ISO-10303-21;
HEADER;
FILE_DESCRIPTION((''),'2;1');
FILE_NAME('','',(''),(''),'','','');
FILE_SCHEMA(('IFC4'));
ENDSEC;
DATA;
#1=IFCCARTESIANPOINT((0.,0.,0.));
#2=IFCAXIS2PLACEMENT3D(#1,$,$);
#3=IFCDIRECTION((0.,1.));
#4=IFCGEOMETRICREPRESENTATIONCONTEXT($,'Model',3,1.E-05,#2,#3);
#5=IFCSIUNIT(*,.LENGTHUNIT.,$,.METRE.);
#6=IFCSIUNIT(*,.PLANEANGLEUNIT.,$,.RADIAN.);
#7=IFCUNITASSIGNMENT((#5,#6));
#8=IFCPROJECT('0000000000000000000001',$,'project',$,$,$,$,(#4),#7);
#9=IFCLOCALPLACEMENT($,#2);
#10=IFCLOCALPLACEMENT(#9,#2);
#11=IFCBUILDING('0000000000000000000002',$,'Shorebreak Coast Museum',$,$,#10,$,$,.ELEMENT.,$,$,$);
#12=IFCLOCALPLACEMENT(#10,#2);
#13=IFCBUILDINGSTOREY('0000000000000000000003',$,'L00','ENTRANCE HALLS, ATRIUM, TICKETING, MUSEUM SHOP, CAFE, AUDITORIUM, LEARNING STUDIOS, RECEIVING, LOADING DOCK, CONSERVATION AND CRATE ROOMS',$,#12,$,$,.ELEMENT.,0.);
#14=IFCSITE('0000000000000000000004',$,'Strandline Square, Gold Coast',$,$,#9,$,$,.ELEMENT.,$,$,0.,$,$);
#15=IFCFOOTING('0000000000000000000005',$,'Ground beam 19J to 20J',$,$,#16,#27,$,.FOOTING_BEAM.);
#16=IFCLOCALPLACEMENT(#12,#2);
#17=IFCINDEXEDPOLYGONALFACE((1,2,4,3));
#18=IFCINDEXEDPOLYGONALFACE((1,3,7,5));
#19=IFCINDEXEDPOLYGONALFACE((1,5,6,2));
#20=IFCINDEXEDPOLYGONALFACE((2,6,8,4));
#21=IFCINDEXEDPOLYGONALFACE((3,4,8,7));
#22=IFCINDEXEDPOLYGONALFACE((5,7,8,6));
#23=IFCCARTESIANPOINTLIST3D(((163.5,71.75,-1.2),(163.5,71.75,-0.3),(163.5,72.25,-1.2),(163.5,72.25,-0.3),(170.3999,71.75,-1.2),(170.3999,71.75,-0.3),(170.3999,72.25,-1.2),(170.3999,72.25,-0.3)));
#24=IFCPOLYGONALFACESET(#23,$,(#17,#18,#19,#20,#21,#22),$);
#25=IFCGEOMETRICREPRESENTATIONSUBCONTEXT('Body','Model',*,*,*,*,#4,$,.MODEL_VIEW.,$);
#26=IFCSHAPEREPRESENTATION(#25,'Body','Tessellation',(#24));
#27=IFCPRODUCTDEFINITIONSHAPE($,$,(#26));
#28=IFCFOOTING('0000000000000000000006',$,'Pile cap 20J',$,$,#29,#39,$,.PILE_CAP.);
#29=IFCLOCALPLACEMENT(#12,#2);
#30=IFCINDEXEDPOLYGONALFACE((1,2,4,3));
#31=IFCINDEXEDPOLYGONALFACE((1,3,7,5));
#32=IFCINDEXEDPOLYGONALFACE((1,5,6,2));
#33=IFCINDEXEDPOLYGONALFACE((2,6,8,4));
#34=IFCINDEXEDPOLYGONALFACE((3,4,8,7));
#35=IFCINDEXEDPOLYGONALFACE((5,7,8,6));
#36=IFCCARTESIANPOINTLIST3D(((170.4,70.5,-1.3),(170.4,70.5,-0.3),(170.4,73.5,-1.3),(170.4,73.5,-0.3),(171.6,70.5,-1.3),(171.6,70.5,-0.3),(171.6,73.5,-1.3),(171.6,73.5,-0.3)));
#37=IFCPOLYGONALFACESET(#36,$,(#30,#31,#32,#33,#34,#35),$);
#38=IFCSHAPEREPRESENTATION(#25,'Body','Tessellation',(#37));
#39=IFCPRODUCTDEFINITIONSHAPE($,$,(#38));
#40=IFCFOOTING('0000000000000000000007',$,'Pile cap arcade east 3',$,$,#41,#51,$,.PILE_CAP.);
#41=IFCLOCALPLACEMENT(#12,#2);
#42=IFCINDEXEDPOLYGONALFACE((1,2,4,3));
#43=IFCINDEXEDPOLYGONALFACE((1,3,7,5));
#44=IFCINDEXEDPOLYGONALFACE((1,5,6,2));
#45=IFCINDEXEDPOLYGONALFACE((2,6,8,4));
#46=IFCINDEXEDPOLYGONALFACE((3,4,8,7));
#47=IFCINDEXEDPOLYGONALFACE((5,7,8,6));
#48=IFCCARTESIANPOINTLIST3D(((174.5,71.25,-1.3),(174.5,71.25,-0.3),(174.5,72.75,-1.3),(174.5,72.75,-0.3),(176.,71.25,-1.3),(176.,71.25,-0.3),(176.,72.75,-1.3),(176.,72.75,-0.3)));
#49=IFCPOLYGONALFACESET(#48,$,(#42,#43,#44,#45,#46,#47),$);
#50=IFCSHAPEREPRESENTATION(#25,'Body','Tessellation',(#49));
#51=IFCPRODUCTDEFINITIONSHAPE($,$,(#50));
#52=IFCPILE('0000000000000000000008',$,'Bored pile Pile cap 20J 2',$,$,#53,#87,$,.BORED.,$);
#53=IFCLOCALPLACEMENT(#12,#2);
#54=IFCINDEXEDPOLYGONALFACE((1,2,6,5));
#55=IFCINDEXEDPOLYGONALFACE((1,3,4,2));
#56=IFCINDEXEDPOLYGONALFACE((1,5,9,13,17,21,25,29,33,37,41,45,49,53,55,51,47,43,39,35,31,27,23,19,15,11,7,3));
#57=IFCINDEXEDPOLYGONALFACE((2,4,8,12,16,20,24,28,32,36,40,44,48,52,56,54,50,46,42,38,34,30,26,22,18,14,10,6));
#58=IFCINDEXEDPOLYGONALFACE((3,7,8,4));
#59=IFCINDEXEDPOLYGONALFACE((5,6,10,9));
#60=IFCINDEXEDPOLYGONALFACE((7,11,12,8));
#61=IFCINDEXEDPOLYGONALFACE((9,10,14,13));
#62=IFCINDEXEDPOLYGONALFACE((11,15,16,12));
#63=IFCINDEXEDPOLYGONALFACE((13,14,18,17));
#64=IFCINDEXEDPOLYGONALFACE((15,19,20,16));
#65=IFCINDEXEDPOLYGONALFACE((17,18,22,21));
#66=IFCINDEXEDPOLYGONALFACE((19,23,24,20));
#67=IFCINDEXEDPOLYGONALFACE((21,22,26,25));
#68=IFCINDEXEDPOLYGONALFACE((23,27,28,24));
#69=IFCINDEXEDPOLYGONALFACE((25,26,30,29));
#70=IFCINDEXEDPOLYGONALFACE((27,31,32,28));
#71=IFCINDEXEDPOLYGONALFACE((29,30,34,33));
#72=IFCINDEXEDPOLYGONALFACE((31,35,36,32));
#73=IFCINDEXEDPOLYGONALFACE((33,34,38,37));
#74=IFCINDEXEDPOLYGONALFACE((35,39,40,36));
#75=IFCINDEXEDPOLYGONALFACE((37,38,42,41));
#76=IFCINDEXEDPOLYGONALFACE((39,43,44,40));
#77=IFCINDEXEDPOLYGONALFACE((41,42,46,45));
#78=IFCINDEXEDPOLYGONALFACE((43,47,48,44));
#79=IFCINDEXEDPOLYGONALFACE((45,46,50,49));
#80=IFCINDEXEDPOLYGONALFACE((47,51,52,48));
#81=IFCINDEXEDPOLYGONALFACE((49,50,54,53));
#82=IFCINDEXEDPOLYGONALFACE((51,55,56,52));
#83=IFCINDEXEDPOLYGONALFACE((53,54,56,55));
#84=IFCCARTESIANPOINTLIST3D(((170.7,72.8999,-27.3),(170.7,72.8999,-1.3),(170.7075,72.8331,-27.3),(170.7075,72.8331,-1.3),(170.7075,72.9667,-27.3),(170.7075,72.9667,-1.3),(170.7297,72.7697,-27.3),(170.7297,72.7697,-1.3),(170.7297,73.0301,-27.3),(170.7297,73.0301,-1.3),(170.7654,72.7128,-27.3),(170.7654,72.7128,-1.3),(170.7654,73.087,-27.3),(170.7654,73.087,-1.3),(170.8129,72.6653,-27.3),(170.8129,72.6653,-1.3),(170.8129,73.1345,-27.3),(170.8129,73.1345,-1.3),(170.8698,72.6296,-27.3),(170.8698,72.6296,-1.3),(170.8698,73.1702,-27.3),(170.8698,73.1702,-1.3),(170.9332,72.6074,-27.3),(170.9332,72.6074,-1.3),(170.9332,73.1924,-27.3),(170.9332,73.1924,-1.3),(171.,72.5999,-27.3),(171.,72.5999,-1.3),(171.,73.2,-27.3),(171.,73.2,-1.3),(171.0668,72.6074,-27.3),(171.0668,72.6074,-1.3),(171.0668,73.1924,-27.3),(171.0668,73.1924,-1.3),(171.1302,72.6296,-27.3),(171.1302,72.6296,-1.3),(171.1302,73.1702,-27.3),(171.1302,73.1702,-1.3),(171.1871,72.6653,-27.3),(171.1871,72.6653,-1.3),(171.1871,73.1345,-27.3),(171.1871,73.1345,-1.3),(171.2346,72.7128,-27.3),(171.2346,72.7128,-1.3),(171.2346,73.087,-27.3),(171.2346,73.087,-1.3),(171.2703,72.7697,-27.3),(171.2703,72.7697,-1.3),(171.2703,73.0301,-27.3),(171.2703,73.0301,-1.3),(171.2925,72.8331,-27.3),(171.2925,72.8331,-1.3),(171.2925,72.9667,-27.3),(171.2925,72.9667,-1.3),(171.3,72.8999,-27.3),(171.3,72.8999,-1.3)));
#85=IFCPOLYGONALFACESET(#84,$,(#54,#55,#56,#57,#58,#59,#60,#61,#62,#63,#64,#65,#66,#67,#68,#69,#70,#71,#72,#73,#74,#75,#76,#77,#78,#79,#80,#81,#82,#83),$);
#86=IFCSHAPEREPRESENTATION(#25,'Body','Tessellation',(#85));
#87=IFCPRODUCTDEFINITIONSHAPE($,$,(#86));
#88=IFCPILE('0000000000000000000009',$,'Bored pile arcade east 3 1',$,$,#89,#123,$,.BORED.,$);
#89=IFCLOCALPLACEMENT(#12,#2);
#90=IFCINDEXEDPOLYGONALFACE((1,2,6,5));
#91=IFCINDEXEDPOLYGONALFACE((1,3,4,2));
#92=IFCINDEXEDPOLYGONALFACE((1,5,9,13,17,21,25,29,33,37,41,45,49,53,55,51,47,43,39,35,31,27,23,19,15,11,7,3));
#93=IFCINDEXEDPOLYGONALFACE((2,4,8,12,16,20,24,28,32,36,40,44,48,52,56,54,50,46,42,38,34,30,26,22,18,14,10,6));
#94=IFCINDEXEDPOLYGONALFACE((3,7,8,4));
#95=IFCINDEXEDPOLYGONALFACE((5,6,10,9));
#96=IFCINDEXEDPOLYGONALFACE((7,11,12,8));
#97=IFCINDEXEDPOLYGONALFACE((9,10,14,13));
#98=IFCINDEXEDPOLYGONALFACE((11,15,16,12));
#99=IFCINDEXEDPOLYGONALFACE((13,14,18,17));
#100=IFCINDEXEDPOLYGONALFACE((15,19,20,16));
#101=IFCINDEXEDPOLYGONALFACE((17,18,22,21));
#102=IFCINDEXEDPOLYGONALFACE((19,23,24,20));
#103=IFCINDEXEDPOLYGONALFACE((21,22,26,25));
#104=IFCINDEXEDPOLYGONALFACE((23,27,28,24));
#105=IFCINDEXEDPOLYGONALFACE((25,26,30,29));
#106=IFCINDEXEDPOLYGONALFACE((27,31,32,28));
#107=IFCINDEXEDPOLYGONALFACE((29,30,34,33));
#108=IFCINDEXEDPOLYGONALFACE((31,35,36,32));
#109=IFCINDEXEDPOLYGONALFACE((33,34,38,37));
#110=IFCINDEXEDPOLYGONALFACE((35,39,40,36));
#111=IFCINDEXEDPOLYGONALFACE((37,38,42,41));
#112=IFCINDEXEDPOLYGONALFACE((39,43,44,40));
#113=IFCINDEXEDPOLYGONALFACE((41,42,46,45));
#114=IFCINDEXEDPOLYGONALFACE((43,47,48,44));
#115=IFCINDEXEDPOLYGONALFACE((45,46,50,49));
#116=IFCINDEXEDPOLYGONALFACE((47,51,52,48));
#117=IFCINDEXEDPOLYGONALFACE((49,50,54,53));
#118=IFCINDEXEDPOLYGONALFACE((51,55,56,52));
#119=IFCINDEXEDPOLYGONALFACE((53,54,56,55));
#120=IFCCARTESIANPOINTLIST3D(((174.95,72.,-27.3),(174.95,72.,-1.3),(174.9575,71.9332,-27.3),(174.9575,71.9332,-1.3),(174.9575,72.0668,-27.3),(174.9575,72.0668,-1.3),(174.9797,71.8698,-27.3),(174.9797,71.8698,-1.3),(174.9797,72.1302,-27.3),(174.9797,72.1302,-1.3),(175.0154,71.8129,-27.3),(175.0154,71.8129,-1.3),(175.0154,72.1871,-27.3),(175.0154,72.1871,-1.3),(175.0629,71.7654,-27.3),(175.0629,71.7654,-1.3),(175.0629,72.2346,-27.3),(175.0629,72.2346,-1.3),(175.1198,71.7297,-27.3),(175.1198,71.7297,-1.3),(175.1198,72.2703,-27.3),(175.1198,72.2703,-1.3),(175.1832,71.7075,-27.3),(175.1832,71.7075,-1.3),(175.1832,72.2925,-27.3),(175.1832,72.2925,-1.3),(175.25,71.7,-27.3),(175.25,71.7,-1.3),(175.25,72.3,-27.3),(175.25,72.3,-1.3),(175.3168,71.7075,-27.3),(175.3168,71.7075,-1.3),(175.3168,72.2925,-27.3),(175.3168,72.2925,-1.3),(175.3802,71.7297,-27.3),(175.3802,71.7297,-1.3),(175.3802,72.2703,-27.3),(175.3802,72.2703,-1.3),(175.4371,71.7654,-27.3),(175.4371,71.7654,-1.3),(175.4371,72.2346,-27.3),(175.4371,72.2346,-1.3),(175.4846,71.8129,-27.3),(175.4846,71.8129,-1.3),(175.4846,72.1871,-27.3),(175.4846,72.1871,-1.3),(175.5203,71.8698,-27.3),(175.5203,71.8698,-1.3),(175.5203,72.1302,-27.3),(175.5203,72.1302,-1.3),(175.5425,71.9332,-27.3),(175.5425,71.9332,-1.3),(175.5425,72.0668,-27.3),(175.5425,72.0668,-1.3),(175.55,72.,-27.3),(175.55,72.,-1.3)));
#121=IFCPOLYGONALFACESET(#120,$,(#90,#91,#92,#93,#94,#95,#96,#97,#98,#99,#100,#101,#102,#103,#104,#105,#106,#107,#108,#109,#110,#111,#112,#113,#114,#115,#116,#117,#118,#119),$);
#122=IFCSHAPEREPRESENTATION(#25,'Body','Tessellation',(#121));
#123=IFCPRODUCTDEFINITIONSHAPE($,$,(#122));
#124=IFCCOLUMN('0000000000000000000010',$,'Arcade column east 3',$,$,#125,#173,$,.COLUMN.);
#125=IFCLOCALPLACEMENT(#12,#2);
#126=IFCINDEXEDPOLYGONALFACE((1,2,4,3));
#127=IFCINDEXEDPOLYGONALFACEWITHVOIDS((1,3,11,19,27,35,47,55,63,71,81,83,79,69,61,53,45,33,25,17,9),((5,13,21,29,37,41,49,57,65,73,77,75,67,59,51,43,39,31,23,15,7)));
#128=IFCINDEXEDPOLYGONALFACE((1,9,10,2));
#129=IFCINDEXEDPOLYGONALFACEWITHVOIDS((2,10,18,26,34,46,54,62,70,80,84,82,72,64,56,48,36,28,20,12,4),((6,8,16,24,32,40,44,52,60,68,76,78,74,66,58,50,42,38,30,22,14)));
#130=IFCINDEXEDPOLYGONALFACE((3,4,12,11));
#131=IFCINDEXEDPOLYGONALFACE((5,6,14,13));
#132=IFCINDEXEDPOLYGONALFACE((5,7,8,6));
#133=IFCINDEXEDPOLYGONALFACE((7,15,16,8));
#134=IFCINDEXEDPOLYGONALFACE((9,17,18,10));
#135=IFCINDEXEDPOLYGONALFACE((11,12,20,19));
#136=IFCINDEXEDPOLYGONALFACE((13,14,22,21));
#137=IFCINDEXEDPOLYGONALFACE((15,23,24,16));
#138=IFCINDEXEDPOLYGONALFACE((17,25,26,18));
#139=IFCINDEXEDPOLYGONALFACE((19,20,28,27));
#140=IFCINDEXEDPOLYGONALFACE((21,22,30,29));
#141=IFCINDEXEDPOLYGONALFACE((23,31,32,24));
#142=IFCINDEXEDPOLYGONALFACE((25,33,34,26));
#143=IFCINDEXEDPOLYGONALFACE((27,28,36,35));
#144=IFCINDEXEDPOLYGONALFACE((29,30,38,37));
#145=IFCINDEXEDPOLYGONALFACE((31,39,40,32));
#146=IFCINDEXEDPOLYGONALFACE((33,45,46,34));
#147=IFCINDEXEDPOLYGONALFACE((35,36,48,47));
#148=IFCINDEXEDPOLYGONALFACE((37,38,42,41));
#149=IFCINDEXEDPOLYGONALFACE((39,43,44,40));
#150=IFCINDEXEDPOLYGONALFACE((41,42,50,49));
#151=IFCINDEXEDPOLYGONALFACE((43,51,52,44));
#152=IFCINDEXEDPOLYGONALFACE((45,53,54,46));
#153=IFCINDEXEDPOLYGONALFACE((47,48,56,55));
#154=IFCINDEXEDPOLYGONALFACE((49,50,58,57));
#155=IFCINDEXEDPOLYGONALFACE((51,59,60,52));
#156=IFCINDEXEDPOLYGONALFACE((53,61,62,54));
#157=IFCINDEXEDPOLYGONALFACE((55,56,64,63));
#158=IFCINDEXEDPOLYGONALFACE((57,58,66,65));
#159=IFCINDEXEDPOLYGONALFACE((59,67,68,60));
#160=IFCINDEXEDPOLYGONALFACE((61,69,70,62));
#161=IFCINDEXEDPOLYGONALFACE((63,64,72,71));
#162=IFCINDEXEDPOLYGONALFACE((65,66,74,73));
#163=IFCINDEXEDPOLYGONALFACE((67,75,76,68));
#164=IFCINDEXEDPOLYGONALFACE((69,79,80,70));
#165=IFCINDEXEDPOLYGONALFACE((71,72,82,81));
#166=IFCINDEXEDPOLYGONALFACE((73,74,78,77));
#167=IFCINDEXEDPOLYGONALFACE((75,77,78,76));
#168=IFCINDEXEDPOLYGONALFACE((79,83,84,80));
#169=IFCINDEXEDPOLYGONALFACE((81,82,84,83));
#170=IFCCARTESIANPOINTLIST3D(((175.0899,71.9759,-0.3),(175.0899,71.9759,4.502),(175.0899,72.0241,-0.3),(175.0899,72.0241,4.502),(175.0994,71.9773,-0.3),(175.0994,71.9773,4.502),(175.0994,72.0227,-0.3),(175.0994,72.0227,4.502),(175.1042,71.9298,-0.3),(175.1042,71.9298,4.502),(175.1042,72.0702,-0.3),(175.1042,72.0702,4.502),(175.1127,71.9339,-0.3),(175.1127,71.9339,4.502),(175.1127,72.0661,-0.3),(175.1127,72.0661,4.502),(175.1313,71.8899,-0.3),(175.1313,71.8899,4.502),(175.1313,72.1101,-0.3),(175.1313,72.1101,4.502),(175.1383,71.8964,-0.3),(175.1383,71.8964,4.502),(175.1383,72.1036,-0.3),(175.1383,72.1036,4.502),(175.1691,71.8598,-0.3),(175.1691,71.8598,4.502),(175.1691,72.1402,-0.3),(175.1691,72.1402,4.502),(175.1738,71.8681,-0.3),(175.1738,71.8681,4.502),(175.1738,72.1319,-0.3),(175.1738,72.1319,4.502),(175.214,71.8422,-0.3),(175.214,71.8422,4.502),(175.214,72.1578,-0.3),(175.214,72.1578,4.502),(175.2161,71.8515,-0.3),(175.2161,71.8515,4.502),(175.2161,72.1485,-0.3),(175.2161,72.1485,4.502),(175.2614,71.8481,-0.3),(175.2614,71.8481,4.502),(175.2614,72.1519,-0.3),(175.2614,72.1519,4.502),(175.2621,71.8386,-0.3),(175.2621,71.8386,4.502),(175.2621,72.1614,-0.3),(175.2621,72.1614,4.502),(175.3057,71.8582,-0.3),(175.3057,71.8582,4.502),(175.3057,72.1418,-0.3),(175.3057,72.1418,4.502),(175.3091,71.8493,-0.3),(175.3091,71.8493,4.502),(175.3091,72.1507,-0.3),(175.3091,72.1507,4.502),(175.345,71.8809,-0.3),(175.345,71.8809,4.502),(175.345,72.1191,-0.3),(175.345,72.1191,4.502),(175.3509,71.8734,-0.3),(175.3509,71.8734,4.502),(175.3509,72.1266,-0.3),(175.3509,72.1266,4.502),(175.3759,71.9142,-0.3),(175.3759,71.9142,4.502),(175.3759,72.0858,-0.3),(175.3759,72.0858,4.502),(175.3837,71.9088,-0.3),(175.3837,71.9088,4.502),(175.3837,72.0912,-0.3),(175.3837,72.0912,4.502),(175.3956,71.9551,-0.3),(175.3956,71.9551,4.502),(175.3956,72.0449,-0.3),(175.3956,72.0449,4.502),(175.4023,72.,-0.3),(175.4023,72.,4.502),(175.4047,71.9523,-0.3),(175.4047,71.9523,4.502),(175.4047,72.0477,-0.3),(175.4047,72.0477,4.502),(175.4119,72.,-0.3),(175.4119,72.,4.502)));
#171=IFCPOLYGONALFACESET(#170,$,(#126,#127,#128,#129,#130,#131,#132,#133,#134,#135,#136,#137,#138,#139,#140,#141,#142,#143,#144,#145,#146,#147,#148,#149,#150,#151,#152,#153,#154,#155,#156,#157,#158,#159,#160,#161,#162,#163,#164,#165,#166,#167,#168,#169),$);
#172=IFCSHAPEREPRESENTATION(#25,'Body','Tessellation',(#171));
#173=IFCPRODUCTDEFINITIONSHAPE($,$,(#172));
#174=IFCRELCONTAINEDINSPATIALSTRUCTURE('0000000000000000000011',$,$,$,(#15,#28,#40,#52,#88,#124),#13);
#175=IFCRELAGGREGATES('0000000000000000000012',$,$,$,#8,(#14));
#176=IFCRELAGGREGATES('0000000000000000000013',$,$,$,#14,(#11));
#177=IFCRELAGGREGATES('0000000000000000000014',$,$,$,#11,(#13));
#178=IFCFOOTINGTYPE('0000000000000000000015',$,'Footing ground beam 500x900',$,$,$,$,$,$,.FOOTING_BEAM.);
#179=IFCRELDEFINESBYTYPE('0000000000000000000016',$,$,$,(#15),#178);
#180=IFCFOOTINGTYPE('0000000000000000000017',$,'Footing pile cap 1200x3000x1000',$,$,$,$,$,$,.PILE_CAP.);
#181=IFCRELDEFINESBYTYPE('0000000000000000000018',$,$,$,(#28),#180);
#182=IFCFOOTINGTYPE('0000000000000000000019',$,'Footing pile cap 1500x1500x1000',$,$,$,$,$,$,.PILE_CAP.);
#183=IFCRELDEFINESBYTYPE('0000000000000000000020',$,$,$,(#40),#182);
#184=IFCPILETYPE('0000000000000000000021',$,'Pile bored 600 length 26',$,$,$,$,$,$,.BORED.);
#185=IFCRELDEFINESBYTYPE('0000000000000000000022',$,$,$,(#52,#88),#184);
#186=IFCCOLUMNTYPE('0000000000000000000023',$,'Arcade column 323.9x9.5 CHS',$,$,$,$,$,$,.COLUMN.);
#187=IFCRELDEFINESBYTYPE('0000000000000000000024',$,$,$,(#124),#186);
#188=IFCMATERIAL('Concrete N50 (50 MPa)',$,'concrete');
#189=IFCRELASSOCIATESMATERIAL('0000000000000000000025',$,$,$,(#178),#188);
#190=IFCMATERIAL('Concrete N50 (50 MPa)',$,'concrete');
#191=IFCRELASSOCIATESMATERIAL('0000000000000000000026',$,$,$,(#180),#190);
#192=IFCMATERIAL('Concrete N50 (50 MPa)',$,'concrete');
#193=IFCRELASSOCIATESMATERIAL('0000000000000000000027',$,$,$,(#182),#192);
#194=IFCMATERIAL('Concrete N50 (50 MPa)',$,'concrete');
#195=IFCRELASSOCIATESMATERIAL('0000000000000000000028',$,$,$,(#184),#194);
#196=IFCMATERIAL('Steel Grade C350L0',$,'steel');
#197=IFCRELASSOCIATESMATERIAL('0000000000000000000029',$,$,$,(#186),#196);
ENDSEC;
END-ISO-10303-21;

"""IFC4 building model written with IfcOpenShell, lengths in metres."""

from ifc_helpers import new_model, si_unit, direction, frame, origin, origin_2d, place, context, subcontext, project, spatial, rectangle, circle, hollow_circle, extrude, material, material_profile, profile_set, type_object, element, save


model = new_model("IFC4")

# Units and contexts
model_context = context("Model", 3, precision=1e-05, world=origin(), true_north=direction((0.0, 1.0)))
body_context = subcontext(model_context, "Body", "Model", "MODEL_VIEW")
ifc_project = project(units=[si_unit("LENGTHUNIT", "METRE"), si_unit("PLANEANGLEUNIT", "RADIAN")], contexts=[model_context])

# Site, building, storey
site_placement = place(None, origin())
site = spatial("IfcSite", under=ifc_project, at=site_placement, Name="Strandline Square, Gold Coast", CompositionType="ELEMENT", RefElevation=0.0)
building_placement = place(site_placement, origin())
building = spatial("IfcBuilding", under=site, at=building_placement, Name="Shorebreak Coast Museum", CompositionType="ELEMENT")
storey_placement = place(building_placement, origin())
storey = spatial("IfcBuildingStorey", under=building, at=storey_placement, Name="L00", Description="ENTRANCE HALLS, ATRIUM, TICKETING, MUSEUM SHOP, CAFE, AUDITORIUM, LEARNING STUDIOS, RECEIVING, LOADING DOCK, CONSERVATION AND CRATE ROOMS", CompositionType="ELEMENT", Elevation=0.0)

# Footings
ifc_material_1 = material(Name="Concrete N50 (50 MPa)", Category="concrete")
footing_type_1 = type_object("IfcFootingType", Name="Footing ground beam 500x900", PredefinedType="FOOTING_BEAM", material=ifc_material_1)
footing_1_placement = place(storey_placement, frame((166.95, 72.0, -1.2), z_axis=(0.0, 0.0, 1.0), x_axis=(1.0, 0.0, 0.0)))
element("IfcFooting", 1, at=footing_1_placement, inside=storey, type_object=footing_type_1, Name="Ground beam 19J to 20J", PredefinedType="FOOTING_BEAM", context=body_context, shape_type="SweptSolid", body=[
    extrude(rectangle(XDim=6.8999, YDim=0.5, at=origin_2d()), origin(), (0.0, 0.0, 1.0), 0.8999),
])
ifc_material_2 = material(Name="Concrete N50 (50 MPa)", Category="concrete")
footing_type_2 = type_object("IfcFootingType", Name="Footing pile cap 1200x3000x1000", PredefinedType="PILE_CAP", material=ifc_material_2)
footing_2_placement = place(storey_placement, frame((171.0, 72.0, -1.3), z_axis=(0.0, 0.0, 1.0), x_axis=(1.0, 0.0, 0.0)))
element("IfcFooting", 2, at=footing_2_placement, inside=storey, type_object=footing_type_2, Name="Pile cap 20J", PredefinedType="PILE_CAP", context=body_context, shape_type="SweptSolid", body=[
    extrude(rectangle(XDim=1.2, YDim=3.0, at=origin_2d()), origin(), (0.0, 0.0, 1.0), 1.0),
])
ifc_material_3 = material(Name="Concrete N50 (50 MPa)", Category="concrete")
footing_type_3 = type_object("IfcFootingType", Name="Footing pile cap 1500x1500x1000", PredefinedType="PILE_CAP", material=ifc_material_3)
footing_3_placement = place(storey_placement, frame((175.25, 72.0, -1.3), z_axis=(0.0, 0.0, 1.0), x_axis=(1.0, 0.0, 0.0)))
element("IfcFooting", 3, at=footing_3_placement, inside=storey, type_object=footing_type_3, Name="Pile cap arcade east 3", PredefinedType="PILE_CAP", context=body_context, shape_type="SweptSolid", body=[
    extrude(rectangle(XDim=1.5, YDim=1.5, at=origin_2d()), origin(), (0.0, 0.0, 1.0), 1.0),
])

# Piles
ifc_material_4 = material(Name="Concrete N50 (50 MPa)", Category="concrete")
ifc_material_profile_1 = material_profile(ifc_material_4, circle(Radius=0.3, at=origin_2d()), Name="Pile bored 600 length 26")
ifc_profile_set_1 = profile_set([ifc_material_profile_1], Name="Concrete N50 (50 MPa)")
pile_type = type_object("IfcPileType", Name="Pile bored 600 length 26", PredefinedType="BORED", material=ifc_profile_set_1)
for number, where, z_axis, x_axis, name in (
    (4, (171.0, 72.8999, -1.3), (0.0, 0.0, -1.0), (1.0, 0.0, 0.0), "Bored pile Pile cap 20J 2"),
    (5, (175.25, 72.0, -1.3), (0.0, 0.0, -1.0), (1.0, 0.0, 0.0), "Bored pile arcade east 3 1"),
):
    element("IfcPile", number, at=place(storey_placement, frame(where, z_axis=z_axis, x_axis=x_axis)), inside=storey, type_object=pile_type, Name=name, PredefinedType="BORED", context=body_context, shape_type="SweptSolid", body=[
        extrude(circle(Radius=0.3, at=origin_2d()), origin(), (0.0, 0.0, 1.0), 26.0),
    ])

# Column
ifc_material_5 = material(Name="Steel Grade C350L0", Category="steel")
ifc_material_profile_2 = material_profile(ifc_material_5, hollow_circle(Radius=0.1619, WallThickness=0.0095, at=origin_2d()), Name="323.9x9.5 CHS")
ifc_profile_set_2 = profile_set([ifc_material_profile_2], Name="Steel Grade C350L0")
column_type_1 = type_object("IfcColumnType", Name="Arcade column 323.9x9.5 CHS", PredefinedType="COLUMN", material=ifc_profile_set_2)
column_1_placement = place(storey_placement, frame((175.25, 72.0, -0.3), z_axis=(0.0, 0.0, 1.0), x_axis=(1.0, 0.0, 0.0)))
element("IfcColumn", 6, at=column_1_placement, inside=storey, type_object=column_type_1, Name="Arcade column east 3", PredefinedType="COLUMN", context=body_context, shape_type="SweptSolid", body=[
    extrude(hollow_circle(Radius=0.1619, WallThickness=0.0095, at=origin_2d()), origin(), (0.0, 0.0, 1.0), 4.802),
])

save(model, "model.ifc")
